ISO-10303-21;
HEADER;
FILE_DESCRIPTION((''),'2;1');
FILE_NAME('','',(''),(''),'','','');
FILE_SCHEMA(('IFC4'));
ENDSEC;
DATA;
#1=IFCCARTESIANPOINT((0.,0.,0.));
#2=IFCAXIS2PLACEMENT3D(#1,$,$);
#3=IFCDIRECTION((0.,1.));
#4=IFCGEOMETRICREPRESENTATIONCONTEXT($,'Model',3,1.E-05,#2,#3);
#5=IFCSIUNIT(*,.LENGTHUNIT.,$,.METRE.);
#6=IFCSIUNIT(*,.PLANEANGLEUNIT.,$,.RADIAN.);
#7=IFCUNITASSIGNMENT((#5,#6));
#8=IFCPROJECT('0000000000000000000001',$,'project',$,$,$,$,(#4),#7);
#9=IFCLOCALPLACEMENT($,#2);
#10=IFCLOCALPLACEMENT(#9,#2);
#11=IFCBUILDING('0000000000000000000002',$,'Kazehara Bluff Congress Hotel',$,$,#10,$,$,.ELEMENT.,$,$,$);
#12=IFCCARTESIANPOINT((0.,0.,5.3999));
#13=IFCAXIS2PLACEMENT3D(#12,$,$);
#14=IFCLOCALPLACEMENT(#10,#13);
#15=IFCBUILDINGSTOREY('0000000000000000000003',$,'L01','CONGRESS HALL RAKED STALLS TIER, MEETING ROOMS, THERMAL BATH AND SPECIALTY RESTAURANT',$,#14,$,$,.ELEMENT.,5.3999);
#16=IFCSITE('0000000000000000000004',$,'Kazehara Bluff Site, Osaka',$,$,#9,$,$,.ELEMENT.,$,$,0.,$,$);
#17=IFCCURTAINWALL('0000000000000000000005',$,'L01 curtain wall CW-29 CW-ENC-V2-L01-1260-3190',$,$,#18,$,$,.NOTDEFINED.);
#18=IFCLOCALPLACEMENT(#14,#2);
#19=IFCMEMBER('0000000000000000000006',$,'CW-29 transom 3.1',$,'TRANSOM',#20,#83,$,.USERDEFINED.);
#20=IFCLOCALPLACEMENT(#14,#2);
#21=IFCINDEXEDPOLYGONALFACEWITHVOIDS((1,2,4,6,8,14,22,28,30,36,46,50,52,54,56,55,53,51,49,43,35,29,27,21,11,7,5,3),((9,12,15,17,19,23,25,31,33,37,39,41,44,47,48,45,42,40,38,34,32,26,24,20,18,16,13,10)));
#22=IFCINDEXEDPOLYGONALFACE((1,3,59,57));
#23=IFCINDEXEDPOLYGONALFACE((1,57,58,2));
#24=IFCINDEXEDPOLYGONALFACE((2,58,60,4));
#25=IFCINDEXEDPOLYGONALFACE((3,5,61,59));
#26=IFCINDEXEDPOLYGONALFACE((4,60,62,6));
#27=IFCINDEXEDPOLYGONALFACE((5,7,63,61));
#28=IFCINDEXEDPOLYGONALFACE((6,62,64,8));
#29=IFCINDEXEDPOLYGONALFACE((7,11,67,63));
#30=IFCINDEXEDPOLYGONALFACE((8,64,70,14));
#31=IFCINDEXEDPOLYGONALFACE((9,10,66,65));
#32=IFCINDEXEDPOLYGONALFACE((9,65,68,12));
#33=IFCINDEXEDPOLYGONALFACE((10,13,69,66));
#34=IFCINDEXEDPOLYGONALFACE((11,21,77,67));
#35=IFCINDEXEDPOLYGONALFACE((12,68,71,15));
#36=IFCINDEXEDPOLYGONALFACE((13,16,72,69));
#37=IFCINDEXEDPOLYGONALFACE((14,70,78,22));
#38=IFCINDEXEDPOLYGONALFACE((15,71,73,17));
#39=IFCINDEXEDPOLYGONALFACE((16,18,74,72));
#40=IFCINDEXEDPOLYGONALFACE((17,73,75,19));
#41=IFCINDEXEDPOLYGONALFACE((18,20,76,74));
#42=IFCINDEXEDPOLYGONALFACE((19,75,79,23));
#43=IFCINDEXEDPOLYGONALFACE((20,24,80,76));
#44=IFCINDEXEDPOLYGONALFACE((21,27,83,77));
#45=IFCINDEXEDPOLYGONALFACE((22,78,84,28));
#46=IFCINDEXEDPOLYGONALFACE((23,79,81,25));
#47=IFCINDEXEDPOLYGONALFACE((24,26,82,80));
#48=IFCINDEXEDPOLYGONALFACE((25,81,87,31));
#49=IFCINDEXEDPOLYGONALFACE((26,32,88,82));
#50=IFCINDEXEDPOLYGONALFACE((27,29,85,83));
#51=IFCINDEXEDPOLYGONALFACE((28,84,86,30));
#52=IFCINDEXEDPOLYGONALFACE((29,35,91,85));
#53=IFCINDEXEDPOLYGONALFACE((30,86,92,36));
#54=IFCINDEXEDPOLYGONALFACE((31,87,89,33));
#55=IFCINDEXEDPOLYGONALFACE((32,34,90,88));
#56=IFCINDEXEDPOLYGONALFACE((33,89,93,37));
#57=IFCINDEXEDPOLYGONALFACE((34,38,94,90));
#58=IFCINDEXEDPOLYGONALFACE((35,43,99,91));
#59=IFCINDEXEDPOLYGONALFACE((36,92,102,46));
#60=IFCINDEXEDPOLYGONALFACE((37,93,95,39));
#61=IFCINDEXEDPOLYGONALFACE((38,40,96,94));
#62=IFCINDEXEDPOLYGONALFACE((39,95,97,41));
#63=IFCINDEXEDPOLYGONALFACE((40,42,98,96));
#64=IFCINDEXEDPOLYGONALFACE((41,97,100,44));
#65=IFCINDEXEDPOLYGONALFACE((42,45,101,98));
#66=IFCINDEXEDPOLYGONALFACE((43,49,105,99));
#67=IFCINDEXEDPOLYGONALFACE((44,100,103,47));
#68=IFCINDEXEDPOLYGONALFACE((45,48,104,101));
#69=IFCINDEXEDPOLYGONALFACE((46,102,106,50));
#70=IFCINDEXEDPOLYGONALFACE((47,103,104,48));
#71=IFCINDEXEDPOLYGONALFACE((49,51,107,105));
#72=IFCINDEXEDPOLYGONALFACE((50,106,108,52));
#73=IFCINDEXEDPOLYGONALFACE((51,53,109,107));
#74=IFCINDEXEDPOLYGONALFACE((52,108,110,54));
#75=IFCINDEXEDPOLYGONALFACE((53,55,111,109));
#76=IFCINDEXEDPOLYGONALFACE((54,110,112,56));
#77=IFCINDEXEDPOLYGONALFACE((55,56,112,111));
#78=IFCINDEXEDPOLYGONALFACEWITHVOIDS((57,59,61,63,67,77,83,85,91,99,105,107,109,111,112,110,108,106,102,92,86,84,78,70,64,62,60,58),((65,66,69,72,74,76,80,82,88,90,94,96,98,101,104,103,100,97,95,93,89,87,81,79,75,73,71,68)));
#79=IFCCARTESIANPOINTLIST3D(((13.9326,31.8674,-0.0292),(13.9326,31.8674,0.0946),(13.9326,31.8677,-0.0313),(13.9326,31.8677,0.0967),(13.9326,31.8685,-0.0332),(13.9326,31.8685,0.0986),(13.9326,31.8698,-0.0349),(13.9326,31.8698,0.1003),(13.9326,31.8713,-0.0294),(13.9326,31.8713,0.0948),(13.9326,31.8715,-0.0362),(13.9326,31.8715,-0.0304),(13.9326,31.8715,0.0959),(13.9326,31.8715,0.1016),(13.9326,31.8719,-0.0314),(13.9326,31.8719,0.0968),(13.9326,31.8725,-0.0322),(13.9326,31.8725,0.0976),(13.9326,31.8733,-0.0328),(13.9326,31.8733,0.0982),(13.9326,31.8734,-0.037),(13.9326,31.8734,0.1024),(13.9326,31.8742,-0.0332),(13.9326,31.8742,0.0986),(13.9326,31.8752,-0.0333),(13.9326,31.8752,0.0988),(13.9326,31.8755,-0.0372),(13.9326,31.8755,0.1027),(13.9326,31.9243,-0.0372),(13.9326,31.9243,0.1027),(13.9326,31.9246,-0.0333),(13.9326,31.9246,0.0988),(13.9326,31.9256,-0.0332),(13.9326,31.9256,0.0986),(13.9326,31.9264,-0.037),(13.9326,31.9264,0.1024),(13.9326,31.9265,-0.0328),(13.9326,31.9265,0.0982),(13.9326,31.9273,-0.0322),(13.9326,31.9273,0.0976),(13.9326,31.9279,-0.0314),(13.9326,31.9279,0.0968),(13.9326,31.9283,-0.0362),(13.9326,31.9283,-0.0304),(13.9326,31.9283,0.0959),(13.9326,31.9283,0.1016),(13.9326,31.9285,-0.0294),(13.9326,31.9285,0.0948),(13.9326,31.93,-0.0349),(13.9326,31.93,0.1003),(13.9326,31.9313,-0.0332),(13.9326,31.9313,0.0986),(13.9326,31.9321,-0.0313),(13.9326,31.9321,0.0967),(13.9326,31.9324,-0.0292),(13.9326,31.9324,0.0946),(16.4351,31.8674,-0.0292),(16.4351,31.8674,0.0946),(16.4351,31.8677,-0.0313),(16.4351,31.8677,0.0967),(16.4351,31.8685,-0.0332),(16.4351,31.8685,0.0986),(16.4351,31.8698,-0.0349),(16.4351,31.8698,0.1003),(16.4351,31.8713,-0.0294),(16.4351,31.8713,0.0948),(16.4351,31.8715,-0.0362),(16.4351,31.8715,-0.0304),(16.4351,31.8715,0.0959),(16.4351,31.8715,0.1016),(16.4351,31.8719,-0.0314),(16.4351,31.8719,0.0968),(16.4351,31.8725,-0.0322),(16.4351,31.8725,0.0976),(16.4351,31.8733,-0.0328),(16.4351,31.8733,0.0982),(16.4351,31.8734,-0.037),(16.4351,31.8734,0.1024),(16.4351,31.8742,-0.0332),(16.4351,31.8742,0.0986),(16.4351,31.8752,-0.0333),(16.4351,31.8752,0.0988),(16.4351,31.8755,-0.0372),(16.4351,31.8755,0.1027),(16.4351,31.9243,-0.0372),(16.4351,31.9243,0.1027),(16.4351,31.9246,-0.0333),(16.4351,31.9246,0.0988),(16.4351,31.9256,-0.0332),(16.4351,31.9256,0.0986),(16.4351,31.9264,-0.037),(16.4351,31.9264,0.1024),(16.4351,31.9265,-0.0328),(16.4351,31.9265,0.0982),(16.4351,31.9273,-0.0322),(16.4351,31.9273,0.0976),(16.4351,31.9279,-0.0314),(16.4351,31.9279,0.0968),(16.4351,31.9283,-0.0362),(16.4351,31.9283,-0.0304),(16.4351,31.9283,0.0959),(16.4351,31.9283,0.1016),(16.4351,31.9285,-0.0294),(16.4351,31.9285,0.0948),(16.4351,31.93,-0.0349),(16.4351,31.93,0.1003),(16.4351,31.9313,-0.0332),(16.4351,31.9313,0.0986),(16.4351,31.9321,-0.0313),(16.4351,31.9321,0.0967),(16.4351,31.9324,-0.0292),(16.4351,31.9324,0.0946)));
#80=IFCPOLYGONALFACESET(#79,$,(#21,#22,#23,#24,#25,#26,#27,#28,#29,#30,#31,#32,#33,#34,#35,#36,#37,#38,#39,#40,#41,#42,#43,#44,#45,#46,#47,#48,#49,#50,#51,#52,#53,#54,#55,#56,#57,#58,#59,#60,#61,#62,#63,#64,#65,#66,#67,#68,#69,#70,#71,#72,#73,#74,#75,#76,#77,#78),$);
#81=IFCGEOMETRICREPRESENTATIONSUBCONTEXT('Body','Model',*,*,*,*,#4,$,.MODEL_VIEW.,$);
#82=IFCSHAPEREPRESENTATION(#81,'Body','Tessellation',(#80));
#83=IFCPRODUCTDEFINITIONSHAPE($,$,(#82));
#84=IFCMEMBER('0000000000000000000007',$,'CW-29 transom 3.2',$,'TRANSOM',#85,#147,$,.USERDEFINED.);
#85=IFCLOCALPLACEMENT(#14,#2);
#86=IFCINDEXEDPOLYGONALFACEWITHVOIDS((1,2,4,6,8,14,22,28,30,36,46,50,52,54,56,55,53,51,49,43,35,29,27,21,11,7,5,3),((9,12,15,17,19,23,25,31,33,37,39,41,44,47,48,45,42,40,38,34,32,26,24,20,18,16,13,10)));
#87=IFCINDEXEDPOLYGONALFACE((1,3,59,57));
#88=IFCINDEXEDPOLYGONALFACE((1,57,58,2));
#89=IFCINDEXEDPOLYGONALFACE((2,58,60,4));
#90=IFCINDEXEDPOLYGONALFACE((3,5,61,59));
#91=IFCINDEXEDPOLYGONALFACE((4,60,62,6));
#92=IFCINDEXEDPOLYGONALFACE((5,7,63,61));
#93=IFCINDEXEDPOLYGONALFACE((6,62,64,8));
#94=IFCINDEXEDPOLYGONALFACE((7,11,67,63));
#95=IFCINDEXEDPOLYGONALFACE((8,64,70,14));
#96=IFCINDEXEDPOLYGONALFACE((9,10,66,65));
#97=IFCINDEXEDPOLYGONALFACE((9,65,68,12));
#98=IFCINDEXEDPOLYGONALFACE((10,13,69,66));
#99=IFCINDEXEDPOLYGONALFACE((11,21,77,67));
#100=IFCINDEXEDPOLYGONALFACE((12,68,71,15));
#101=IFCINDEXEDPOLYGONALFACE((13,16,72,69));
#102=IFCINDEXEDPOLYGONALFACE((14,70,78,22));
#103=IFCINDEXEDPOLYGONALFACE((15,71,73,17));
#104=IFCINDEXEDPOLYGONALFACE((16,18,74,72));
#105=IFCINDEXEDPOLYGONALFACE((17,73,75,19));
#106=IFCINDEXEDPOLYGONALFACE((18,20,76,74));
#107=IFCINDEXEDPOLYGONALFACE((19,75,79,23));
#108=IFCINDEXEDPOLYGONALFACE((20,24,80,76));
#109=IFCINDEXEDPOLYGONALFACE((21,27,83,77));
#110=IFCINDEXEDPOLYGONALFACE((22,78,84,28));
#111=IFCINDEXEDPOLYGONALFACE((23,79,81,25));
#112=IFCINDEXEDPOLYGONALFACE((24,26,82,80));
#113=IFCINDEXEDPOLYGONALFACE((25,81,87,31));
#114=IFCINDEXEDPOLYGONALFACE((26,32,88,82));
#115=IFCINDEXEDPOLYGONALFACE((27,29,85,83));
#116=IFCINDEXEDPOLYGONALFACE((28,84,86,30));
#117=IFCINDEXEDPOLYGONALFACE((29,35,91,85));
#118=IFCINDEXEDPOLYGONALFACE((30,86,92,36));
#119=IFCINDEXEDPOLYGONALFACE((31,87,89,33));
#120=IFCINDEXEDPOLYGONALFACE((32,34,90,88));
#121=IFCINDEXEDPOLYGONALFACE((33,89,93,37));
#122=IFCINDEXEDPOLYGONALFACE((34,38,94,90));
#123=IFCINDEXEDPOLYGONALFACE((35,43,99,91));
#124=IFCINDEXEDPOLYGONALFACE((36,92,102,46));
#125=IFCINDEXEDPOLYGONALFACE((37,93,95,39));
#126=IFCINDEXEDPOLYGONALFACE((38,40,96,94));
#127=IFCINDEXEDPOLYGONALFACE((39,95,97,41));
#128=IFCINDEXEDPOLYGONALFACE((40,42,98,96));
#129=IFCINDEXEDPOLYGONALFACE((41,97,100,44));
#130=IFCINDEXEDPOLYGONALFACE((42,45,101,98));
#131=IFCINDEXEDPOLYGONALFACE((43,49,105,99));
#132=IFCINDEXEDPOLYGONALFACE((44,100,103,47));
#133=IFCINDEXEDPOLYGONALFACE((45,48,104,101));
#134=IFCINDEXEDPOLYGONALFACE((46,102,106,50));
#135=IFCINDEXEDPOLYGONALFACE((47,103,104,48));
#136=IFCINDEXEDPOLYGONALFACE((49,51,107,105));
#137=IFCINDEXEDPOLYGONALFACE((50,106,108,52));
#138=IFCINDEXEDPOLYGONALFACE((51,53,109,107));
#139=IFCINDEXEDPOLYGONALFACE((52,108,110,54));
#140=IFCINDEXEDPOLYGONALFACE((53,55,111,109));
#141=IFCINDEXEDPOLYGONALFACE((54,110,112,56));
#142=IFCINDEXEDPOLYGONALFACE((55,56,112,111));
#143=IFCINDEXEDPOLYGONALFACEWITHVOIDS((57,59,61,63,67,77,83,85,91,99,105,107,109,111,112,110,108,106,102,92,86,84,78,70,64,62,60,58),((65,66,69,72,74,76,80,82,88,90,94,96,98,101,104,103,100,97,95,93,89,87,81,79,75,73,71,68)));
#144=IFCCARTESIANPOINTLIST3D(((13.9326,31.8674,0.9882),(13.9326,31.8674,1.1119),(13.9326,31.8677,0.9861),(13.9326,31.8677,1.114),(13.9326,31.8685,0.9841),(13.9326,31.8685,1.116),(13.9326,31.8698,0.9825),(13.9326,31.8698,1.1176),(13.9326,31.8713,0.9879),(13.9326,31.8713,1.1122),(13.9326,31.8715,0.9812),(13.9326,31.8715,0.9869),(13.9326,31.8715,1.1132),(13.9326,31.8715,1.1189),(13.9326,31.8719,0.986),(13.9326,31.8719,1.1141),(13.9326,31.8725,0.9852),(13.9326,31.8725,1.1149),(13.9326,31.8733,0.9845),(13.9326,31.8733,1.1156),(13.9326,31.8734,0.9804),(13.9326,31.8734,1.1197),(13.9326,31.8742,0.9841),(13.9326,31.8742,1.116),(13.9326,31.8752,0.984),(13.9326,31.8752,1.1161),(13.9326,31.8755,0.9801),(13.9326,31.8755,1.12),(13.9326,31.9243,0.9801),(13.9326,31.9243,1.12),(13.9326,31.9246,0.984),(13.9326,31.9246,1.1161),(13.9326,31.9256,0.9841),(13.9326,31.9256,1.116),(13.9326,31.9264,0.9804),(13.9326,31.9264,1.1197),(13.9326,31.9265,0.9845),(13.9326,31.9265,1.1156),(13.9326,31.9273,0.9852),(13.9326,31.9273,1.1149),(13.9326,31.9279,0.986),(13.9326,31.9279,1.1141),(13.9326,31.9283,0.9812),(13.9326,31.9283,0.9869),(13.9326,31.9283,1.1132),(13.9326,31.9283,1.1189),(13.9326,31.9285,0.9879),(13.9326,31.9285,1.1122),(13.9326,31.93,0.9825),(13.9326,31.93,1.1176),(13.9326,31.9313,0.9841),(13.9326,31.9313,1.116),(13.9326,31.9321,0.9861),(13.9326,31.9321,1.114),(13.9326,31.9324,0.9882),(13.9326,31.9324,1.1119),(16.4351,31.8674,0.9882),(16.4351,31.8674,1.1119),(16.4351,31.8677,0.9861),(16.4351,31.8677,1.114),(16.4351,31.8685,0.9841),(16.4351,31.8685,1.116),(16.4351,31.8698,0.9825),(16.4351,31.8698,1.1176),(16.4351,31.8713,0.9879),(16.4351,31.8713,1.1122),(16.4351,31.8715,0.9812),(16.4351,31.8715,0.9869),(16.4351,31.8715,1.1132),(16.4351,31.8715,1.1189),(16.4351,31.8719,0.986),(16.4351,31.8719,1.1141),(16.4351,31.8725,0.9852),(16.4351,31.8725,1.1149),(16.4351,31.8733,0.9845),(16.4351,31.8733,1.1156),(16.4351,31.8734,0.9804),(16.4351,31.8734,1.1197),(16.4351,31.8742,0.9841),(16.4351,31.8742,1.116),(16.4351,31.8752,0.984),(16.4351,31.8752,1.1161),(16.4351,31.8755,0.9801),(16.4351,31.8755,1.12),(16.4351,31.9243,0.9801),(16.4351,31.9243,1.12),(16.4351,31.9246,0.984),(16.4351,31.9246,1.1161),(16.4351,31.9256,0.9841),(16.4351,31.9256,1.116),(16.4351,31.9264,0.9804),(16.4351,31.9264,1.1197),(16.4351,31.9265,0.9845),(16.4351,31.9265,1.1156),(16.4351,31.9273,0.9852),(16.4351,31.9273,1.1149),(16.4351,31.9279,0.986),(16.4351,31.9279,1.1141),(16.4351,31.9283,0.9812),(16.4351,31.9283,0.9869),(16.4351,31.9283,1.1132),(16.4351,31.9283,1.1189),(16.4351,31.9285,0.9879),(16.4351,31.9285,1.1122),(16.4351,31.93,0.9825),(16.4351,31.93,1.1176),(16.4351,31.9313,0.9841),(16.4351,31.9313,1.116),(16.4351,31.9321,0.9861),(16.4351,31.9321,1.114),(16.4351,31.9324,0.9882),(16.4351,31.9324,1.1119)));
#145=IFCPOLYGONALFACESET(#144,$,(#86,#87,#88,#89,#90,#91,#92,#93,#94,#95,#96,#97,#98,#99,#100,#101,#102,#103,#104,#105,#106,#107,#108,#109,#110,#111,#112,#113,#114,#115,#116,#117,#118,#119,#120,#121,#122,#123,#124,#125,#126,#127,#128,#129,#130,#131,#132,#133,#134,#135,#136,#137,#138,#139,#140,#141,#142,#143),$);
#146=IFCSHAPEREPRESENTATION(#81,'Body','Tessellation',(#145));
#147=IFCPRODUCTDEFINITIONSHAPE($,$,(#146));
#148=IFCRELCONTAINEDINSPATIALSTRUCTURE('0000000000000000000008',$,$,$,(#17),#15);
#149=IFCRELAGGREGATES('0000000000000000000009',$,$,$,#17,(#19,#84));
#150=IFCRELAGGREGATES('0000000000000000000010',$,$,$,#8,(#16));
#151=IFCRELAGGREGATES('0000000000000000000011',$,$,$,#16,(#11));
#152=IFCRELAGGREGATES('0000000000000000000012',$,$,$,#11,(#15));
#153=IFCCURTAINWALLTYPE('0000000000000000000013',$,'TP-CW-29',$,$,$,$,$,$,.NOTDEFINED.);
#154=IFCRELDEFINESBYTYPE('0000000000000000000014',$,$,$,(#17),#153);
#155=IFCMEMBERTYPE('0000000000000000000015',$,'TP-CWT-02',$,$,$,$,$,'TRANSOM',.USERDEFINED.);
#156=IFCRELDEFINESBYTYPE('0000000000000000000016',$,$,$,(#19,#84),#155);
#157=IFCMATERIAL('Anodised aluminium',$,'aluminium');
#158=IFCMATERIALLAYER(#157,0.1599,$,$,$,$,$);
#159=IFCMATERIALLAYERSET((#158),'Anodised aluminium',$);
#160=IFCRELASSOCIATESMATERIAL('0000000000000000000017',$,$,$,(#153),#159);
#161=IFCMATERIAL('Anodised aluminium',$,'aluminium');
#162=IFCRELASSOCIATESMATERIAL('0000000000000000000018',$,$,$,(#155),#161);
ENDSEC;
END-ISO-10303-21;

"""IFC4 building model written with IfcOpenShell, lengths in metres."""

from ifc_helpers import new_model, si_unit, direction, frame, origin, origin_2d, place, context, subcontext, project, spatial, hollow_rectangle, extrude, material, layer, layer_set, material_profile, profile_set, type_object, element, aggregate, save


model = new_model("IFC4")

# Units and contexts
model_context = context("Model", 3, precision=1e-05, world=origin(), true_north=direction((0.0, 1.0)))
body_context = subcontext(model_context, "Body", "Model", "MODEL_VIEW")
ifc_project = project(units=[si_unit("LENGTHUNIT", "METRE"), si_unit("PLANEANGLEUNIT", "RADIAN")], contexts=[model_context])

# Site, building, storey
site_placement = place(None, origin())
site = spatial("IfcSite", under=ifc_project, at=site_placement, Name="Kazehara Bluff Site, Osaka", CompositionType="ELEMENT", RefElevation=0.0)
building_placement = place(site_placement, origin())
building = spatial("IfcBuilding", under=site, at=building_placement, Name="Kazehara Bluff Congress Hotel", CompositionType="ELEMENT")
storey_placement = place(building_placement, frame((0.0, 0.0, 5.3999)))
storey = spatial("IfcBuildingStorey", under=building, at=storey_placement, Name="L01", Description="CONGRESS HALL RAKED STALLS TIER, MEETING ROOMS, THERMAL BATH AND SPECIALTY RESTAURANT", CompositionType="ELEMENT", Elevation=5.3999)

# Curtain wall
ifc_material_1 = material(Name="Anodised aluminium", Category="aluminium")
ifc_layer_1 = layer(ifc_material_1, 0.1599)
ifc_layer_set_1 = layer_set([ifc_layer_1], Name="Anodised aluminium")
curtain_wall_type_1 = type_object("IfcCurtainWallType", Name="TP-CW-29", PredefinedType="NOTDEFINED", material=ifc_layer_set_1)
curtain_wall_1_placement = place(storey_placement, origin())
curtain_wall_1 = element("IfcCurtainWall", 1, at=curtain_wall_1_placement, inside=storey, type_object=curtain_wall_type_1, Name="L01 curtain wall CW-29 CW-ENC-V2-L01-1260-3190", PredefinedType="NOTDEFINED")

# Members
ifc_material_2 = material(Name="Anodised aluminium", Category="aluminium")
ifc_material_profile_1 = material_profile(ifc_material_2, hollow_rectangle(XDim=0.0649, YDim=0.1399, WallThickness=0.0039, InnerFilletRadius=0.0039, OuterFilletRadius=0.0081, at=origin_2d()))
ifc_profile_set_1 = profile_set([ifc_material_profile_1], Name="Anodised aluminium")
member_type_1 = type_object("IfcMemberType", Name="TP-CWT-02", ElementType="TRANSOM", PredefinedType="USERDEFINED", material=ifc_profile_set_1)
member_1_placement = place(storey_placement, frame((13.9326, 31.8999, 0.0327), z_axis=(1.0, 0.0, 0.0), x_axis=(0.0, 1.0, 0.0)))
member_1 = element("IfcMember", 2, at=member_1_placement, type_object=member_type_1, Name="CW-29 transom 3.1", ObjectType="TRANSOM", PredefinedType="USERDEFINED", context=body_context, shape_type="SweptSolid", body=[
    extrude(hollow_rectangle(XDim=0.0649, YDim=0.1399, WallThickness=0.0039, InnerFilletRadius=0.0039, OuterFilletRadius=0.0081, at=origin_2d()), origin(), (0.0, 0.0, 1.0), 2.5024),
])
member_2_placement = place(storey_placement, frame((13.9326, 31.8999, 1.05), z_axis=(1.0, 0.0, 0.0), x_axis=(0.0, 1.0, 0.0)))
member_2 = element("IfcMember", 3, at=member_2_placement, type_object=member_type_1, Name="CW-29 transom 3.2", ObjectType="TRANSOM", PredefinedType="USERDEFINED", context=body_context, shape_type="SweptSolid", body=[
    extrude(hollow_rectangle(XDim=0.0649, YDim=0.1399, WallThickness=0.0039, InnerFilletRadius=0.0039, OuterFilletRadius=0.0081, at=origin_2d()), origin(), (0.0, 0.0, 1.0), 2.5024),
])

aggregate(curtain_wall_1, [member_1, member_2])

save(model, "model.ifc")
